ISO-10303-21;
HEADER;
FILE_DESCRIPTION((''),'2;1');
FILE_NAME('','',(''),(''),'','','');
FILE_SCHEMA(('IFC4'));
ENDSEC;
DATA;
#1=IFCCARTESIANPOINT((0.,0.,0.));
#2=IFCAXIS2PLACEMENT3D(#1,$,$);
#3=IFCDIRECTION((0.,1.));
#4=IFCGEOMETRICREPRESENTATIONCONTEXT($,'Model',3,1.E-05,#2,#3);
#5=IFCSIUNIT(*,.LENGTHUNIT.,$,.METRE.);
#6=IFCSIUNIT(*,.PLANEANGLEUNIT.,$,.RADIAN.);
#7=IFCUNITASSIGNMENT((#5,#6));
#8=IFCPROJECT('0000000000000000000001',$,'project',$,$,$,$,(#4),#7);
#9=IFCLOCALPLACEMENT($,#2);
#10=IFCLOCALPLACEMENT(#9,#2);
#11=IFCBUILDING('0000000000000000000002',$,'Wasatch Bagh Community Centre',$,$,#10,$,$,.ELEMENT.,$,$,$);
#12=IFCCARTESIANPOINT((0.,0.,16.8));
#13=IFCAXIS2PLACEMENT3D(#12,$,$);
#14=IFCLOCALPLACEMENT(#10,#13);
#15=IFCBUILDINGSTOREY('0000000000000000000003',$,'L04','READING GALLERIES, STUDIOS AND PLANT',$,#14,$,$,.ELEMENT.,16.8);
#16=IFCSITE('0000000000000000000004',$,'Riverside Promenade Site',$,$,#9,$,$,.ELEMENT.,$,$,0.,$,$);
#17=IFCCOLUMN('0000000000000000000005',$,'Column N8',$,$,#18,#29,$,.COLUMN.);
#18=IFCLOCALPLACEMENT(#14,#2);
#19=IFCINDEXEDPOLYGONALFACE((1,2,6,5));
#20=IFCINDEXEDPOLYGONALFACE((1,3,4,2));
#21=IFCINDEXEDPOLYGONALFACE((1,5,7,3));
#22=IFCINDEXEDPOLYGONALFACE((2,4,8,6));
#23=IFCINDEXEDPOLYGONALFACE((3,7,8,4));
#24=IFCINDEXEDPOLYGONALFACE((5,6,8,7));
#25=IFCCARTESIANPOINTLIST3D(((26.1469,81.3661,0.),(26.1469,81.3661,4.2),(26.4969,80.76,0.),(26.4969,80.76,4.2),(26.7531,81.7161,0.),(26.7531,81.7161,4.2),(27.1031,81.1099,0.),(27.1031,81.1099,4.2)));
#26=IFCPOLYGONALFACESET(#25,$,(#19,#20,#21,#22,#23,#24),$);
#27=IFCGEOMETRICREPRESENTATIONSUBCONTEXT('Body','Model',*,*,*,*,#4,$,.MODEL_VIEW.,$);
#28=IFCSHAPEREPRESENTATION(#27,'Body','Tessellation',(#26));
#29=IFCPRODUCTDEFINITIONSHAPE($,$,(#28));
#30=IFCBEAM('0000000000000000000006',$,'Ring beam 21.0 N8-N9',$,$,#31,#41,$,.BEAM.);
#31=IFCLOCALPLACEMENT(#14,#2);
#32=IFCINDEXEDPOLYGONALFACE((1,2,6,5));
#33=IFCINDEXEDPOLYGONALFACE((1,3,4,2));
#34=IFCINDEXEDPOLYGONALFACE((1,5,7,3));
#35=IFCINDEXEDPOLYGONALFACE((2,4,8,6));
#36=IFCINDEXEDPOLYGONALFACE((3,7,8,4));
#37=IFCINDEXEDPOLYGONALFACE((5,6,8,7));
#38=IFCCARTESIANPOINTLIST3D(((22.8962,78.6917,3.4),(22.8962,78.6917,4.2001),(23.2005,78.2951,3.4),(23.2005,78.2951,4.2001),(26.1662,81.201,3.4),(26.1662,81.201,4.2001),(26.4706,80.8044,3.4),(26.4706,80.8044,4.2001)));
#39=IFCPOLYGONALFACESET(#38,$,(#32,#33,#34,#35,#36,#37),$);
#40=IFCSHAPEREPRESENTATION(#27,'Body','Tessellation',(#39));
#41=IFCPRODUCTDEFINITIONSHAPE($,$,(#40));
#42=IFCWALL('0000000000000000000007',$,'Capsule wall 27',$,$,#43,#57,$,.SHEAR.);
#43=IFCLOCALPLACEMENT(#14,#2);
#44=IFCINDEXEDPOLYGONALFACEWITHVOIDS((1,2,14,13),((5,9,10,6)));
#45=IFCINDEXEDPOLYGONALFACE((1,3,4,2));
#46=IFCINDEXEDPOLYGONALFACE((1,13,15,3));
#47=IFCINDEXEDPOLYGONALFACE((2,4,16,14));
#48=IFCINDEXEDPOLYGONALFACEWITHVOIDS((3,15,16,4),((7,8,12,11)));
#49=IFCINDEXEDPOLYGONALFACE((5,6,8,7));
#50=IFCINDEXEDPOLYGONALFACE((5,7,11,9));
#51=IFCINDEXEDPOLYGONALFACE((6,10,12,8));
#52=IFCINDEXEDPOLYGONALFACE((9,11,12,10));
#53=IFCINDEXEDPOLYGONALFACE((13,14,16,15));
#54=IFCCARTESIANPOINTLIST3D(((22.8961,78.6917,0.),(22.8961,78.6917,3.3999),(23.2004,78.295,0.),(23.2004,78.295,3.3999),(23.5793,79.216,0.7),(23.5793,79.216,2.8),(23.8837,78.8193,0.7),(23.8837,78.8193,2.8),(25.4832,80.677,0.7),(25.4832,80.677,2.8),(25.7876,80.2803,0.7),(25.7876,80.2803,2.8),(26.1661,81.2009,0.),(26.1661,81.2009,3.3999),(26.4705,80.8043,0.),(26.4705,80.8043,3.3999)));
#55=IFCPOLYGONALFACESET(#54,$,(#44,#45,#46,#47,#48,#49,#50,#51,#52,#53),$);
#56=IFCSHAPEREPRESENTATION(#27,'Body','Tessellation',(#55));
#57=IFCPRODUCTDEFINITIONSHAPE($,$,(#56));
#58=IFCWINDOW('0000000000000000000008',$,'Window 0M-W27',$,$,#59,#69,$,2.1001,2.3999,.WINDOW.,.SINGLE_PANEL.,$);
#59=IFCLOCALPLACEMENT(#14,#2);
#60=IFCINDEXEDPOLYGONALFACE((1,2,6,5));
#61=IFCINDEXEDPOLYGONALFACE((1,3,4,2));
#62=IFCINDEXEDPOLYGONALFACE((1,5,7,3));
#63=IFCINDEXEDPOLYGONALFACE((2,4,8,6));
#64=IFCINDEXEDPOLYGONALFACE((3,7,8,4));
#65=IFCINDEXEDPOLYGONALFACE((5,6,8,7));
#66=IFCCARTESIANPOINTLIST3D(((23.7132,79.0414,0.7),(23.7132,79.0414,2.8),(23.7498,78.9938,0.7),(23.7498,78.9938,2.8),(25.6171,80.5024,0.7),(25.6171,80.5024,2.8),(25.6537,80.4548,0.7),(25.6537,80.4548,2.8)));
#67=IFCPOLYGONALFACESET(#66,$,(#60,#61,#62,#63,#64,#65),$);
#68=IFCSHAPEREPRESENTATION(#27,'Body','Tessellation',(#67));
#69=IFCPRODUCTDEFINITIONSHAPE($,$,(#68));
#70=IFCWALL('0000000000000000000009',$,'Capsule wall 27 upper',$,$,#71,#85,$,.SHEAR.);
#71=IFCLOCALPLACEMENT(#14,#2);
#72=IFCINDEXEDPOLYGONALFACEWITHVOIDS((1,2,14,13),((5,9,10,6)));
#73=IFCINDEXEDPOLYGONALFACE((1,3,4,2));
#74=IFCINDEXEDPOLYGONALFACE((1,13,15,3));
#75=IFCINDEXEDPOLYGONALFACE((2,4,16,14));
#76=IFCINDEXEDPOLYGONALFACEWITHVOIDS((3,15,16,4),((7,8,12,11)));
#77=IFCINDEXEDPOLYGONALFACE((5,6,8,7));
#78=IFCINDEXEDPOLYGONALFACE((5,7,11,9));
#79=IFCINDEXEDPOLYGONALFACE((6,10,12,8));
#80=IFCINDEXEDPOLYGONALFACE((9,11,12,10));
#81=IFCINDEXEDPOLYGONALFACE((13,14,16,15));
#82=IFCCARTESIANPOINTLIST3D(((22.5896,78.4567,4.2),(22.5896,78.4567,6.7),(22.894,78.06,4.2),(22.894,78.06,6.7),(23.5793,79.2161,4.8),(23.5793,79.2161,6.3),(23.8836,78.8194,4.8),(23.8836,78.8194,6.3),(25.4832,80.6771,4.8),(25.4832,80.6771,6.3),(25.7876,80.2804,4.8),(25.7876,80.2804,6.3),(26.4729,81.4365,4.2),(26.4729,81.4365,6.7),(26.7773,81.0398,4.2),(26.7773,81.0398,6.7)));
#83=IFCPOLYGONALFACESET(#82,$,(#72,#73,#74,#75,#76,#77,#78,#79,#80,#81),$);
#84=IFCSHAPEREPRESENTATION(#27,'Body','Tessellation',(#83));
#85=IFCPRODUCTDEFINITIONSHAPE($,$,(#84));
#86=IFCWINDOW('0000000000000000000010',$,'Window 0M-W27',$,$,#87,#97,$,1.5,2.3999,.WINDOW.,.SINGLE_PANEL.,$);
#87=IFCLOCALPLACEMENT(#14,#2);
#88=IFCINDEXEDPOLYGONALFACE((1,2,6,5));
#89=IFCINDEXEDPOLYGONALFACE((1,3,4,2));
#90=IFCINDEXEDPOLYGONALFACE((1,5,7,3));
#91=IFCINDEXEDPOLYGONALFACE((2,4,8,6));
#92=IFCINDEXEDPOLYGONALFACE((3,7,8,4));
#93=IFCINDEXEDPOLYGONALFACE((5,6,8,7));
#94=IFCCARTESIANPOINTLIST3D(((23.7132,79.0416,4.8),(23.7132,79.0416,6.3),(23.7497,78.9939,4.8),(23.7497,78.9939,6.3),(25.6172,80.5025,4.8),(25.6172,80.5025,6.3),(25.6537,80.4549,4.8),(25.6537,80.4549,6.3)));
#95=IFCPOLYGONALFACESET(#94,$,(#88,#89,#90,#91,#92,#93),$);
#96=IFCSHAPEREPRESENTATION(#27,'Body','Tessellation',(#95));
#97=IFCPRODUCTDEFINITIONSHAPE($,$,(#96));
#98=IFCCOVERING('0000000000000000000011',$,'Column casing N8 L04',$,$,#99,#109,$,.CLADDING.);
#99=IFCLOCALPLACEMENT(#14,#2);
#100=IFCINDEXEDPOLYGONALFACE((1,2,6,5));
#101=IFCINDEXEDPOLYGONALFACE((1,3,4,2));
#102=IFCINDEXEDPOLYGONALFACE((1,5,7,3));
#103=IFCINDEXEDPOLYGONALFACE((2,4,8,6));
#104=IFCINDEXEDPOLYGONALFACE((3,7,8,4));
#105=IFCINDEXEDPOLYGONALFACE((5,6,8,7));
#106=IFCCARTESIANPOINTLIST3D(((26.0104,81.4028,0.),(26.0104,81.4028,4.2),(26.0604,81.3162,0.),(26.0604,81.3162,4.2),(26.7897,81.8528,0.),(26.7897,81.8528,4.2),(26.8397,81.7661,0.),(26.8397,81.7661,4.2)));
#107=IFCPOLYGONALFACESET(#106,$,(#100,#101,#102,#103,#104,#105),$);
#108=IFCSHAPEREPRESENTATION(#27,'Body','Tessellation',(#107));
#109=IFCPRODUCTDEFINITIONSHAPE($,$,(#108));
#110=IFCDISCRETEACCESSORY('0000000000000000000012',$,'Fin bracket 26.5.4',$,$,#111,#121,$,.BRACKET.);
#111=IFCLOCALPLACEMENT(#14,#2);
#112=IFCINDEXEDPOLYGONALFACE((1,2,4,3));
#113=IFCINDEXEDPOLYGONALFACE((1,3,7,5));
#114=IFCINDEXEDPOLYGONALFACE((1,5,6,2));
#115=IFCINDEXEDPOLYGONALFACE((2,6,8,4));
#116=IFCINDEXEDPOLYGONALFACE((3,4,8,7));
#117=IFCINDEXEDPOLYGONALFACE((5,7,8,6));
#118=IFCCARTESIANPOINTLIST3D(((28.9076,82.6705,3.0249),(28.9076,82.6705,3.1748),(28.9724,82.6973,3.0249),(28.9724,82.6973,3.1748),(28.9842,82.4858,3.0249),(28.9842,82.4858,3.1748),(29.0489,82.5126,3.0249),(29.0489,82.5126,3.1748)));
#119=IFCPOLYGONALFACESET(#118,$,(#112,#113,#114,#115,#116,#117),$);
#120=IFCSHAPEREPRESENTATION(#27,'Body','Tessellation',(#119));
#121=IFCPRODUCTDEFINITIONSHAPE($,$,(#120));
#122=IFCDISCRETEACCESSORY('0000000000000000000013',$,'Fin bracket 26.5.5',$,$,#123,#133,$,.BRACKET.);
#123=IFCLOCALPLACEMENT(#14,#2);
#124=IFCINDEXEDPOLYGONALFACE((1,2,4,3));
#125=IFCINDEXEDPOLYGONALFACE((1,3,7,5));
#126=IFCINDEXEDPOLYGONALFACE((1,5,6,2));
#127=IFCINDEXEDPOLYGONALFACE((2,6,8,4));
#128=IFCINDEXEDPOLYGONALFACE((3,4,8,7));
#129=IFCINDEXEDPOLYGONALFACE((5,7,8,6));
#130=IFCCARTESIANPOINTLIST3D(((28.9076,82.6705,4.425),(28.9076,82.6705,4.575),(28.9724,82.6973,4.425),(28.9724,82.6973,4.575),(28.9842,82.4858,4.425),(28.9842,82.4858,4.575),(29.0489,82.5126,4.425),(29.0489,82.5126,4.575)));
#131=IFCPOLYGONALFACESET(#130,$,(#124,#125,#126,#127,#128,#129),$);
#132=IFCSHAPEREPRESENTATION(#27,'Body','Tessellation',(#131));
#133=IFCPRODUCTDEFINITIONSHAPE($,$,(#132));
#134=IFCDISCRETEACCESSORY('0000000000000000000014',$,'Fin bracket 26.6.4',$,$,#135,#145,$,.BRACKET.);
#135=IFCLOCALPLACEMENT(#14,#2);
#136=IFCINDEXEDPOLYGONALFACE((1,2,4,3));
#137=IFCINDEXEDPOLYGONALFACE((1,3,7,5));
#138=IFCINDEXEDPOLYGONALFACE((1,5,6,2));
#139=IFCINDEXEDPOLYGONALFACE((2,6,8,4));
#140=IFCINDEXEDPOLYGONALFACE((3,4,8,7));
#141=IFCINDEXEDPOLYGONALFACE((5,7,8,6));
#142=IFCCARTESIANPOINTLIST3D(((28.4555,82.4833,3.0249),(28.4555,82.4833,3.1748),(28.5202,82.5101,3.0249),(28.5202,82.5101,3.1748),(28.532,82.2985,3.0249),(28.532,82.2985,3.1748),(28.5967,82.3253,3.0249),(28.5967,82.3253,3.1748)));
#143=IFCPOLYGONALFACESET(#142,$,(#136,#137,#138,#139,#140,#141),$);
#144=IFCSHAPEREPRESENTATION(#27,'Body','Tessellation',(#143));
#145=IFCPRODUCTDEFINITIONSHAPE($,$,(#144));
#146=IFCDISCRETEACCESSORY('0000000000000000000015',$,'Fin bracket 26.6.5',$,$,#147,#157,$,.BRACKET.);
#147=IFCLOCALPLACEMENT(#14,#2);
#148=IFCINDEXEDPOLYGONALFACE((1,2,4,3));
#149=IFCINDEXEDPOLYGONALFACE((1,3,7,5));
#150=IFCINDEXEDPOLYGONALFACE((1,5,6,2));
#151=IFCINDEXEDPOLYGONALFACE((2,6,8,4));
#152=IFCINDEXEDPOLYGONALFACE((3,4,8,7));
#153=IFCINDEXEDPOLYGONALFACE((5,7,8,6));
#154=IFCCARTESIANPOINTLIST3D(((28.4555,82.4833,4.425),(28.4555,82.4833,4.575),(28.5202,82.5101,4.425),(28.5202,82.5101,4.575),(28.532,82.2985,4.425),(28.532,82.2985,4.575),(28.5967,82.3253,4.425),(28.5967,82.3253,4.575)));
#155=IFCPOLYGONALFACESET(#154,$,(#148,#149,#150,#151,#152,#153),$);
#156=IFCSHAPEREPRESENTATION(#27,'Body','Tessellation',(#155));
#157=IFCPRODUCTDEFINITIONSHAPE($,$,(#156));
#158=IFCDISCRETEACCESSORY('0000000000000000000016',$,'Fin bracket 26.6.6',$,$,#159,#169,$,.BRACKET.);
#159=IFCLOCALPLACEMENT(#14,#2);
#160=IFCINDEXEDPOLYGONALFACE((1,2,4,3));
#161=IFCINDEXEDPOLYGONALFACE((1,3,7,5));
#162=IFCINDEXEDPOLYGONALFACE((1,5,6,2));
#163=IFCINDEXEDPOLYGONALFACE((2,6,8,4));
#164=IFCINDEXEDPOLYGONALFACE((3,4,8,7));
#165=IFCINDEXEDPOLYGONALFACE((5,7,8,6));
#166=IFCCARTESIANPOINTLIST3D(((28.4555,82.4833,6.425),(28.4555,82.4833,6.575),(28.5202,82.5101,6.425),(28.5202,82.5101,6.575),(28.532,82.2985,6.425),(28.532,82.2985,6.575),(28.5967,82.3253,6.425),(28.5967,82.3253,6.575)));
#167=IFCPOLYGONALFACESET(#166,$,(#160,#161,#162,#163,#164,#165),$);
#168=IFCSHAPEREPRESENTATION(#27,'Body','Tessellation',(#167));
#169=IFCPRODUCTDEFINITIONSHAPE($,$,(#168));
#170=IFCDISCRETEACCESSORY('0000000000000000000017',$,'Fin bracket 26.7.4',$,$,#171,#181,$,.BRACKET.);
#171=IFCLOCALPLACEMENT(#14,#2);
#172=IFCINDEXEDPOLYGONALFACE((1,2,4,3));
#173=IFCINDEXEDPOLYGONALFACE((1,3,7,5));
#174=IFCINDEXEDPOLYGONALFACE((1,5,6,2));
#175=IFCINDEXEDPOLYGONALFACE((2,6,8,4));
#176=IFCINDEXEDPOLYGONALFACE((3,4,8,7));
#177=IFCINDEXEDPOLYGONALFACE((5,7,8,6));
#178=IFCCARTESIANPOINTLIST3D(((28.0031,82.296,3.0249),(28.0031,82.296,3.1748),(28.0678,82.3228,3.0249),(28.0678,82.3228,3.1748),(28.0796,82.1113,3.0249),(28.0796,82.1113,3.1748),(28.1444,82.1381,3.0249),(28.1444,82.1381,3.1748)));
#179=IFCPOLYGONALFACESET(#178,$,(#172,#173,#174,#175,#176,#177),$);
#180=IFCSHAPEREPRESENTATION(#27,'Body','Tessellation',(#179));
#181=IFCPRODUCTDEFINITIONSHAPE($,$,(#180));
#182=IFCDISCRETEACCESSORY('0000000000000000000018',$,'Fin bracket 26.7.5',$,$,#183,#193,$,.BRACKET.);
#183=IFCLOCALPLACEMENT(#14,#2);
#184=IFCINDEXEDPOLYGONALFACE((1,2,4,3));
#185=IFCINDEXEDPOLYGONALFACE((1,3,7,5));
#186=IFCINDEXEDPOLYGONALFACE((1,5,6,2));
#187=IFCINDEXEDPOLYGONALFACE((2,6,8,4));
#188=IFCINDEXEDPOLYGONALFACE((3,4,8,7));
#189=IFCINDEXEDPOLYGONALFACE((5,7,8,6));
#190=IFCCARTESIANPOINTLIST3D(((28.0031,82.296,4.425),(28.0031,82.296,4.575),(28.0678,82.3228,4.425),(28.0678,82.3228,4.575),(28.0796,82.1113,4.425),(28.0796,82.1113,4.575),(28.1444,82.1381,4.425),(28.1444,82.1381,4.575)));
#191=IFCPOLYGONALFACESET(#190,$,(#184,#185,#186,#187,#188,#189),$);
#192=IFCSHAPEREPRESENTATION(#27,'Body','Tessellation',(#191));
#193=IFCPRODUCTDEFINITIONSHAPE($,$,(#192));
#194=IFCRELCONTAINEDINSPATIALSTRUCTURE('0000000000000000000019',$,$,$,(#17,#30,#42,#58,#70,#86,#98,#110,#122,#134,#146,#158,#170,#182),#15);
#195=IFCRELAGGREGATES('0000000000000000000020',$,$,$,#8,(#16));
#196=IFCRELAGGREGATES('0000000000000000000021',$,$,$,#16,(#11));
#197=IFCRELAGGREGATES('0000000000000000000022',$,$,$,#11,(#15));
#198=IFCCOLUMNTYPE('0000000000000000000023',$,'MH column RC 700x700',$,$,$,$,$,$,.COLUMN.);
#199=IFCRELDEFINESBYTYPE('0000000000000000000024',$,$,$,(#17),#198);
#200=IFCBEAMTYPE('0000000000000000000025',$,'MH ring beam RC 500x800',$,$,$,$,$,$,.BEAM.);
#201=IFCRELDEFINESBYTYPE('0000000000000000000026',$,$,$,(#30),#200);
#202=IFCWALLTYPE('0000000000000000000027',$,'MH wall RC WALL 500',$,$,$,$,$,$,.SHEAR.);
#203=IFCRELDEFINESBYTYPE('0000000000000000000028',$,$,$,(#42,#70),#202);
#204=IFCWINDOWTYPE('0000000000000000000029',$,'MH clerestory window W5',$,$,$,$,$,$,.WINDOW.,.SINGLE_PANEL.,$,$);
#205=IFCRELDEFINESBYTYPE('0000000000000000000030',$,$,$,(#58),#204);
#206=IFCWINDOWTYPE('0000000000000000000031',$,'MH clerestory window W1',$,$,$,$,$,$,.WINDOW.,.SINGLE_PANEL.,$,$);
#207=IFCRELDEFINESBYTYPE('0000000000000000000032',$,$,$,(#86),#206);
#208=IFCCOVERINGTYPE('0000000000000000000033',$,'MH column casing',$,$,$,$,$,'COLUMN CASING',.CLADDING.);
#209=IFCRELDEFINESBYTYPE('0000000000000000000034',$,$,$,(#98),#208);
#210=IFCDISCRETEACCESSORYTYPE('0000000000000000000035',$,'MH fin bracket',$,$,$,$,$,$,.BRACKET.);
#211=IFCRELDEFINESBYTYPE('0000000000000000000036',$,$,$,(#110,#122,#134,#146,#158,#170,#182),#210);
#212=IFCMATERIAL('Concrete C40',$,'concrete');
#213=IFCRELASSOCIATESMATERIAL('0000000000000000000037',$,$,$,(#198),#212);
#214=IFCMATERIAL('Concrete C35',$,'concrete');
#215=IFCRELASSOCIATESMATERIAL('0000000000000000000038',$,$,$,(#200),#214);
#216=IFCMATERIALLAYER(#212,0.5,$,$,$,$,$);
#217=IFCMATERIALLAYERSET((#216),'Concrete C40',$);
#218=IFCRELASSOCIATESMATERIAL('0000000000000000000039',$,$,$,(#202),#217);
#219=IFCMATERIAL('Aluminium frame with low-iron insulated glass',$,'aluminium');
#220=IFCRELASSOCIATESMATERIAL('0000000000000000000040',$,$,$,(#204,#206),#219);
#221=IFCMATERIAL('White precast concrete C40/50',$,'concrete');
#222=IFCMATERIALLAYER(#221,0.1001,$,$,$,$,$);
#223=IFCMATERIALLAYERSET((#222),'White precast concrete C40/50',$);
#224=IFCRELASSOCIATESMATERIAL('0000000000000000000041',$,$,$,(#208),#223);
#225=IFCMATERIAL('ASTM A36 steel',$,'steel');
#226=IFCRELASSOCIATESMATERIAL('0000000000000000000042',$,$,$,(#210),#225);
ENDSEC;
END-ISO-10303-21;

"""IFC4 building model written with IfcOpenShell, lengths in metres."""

from ifc_helpers import new_model, si_unit, direction, frame, frame_2d, origin, origin_2d, place, context, subcontext, project, spatial, rectangle, extrude, material, layer, layer_set, material_profile, profile_set, type_object, element, fill, save


model = new_model("IFC4")

# Units and contexts
model_context = context("Model", 3, precision=1e-05, world=origin(), true_north=direction((0.0, 1.0)))
body_context = subcontext(model_context, "Body", "Model", "MODEL_VIEW")
ifc_project = project(units=[si_unit("LENGTHUNIT", "METRE"), si_unit("PLANEANGLEUNIT", "RADIAN")], contexts=[model_context])

# Site, building, storey
site_placement = place(None, origin())
site = spatial("IfcSite", under=ifc_project, at=site_placement, Name="Riverside Promenade Site", CompositionType="ELEMENT", RefElevation=0.0)
building_placement = place(site_placement, origin())
building = spatial("IfcBuilding", under=site, at=building_placement, Name="Wasatch Bagh Community Centre", CompositionType="ELEMENT")
storey_placement = place(building_placement, frame((0.0, 0.0, 16.8)))
storey = spatial("IfcBuildingStorey", under=building, at=storey_placement, Name="L04", Description="READING GALLERIES, STUDIOS AND PLANT", CompositionType="ELEMENT", Elevation=16.8)

# Column
ifc_material_1 = material(Name="Concrete C40", Category="concrete")
ifc_material_profile_1 = material_profile(ifc_material_1, rectangle(XDim=0.7, YDim=0.7, at=origin_2d()), Name="RC 700x700")
ifc_profile_set_1 = profile_set([ifc_material_profile_1], Name="Concrete C40")
column_type = type_object("IfcColumnType", Name="MH column RC 700x700", PredefinedType="COLUMN", material=ifc_profile_set_1)
column_placement = place(storey_placement, frame((26.625, 81.238, 0.0), z_axis=(0.0, 0.0, 1.0), x_axis=(0.866025, 0.5, 0.0)))
element("IfcColumn", 1, at=column_placement, inside=storey, type_object=column_type, Name="Column N8", PredefinedType="COLUMN", context=body_context, shape_type="SweptSolid", body=[
    extrude(rectangle(XDim=0.7, YDim=0.7, at=origin_2d()), origin(), (0.0, 0.0, 1.0), 4.2),
])

# Beam
ifc_material_2 = material(Name="Concrete C35", Category="concrete")
ifc_material_profile_2 = material_profile(ifc_material_2, rectangle(XDim=0.5, YDim=0.8, at=origin_2d()), Name="RC 500x800")
ifc_profile_set_2 = profile_set([ifc_material_profile_2], Name="Concrete C35")
beam_type = type_object("IfcBeamType", Name="MH ring beam RC 500x800", PredefinedType="BEAM", material=ifc_profile_set_2)
beam_placement = place(storey_placement, frame((26.3184, 81.0027, 3.8), z_axis=(-0.793341, -0.608777, 0.0), x_axis=(0.608777, -0.793341, 0.0)))
element("IfcBeam", 2, at=beam_placement, inside=storey, type_object=beam_type, Name="Ring beam 21.0 N8-N9", PredefinedType="BEAM", context=body_context, shape_type="SweptSolid", body=[
    extrude(rectangle(XDim=0.5, YDim=0.8, at=origin_2d()), origin(), (0.0, 0.0, 1.0), 4.1218),
])

# Walls, openings, windows
ifc_layer_1 = layer(ifc_material_1, 0.5)
ifc_layer_set_1 = layer_set([ifc_layer_1], Name="Concrete C40")
wall_type = type_object("IfcWallType", Name="MH wall RC WALL 500", PredefinedType="SHEAR", material=ifc_layer_set_1)
wall_1_placement = place(storey_placement, frame((26.3184, 81.0027, 0.0), z_axis=(0.0, 0.0, 1.0), x_axis=(-0.793341, -0.608777, 0.0)))
wall_1 = element("IfcWall", 3, at=wall_1_placement, inside=storey, type_object=wall_type, Name="Capsule wall 27", PredefinedType="SHEAR", context=body_context, shape_type="SweptSolid", body=[
    extrude(rectangle(XDim=4.1218, YDim=0.5, at=frame_2d((2.061, 0.0))), origin(), (0.0, 0.0, 1.0), 3.3999),
])
opening_1_placement = place(wall_1_placement, frame((0.8608, 0.0, 0.7)))
opening_1 = element("IfcOpeningElement", 4, at=opening_1_placement, cuts=wall_1, PredefinedType="OPENING", context=body_context, shape_type="SweptSolid", body=[
    extrude(rectangle(XDim=2.3999, YDim=2.1001, at=frame_2d((1.2, 1.05))), frame((0.0, 0.26, 0.0), z_axis=(0.0, -1.0, 0.0), x_axis=(1.0, 0.0, 0.0)), (0.0, 0.0, 1.0), 0.52),
])
ifc_material_3 = material(Name="Aluminium frame with low-iron insulated glass", Category="aluminium")
window_type_1 = type_object("IfcWindowType", Name="MH clerestory window W5", PartitioningType="SINGLE_PANEL", PredefinedType="WINDOW", material=ifc_material_3)
window_1_placement = place(opening_1_placement, origin())
window_1 = element("IfcWindow", 5, at=window_1_placement, inside=storey, type_object=window_type_1, Name="Window 0M-W27", OverallHeight=2.1001, OverallWidth=2.3999, PartitioningType="SINGLE_PANEL", PredefinedType="WINDOW", context=body_context, shape_type="SweptSolid", body=[
    extrude(rectangle(XDim=2.3999, YDim=2.1001, at=frame_2d((1.2, 1.05))), frame((0.0, 0.03, 0.0), z_axis=(0.0, -1.0, 0.0), x_axis=(1.0, 0.0, 0.0)), (0.0, 0.0, 1.0), 0.0601),
])
fill(opening_1, window_1)
wall_2_placement = place(storey_placement, frame((26.625, 81.238, 4.2), z_axis=(0.0, 0.0, 1.0), x_axis=(-0.793356, -0.608758, 0.0)))
wall_2 = element("IfcWall", 6, at=wall_2_placement, inside=storey, type_object=wall_type, Name="Capsule wall 27 upper", PredefinedType="SHEAR", context=body_context, shape_type="SweptSolid", body=[
    extrude(rectangle(XDim=4.8948, YDim=0.5, at=frame_2d((2.4473, 0.0))), origin(), (0.0, 0.0, 1.0), 2.5),
])
opening_2_placement = place(wall_2_placement, frame((1.2473, 0.0, 0.6001)))
opening_2 = element("IfcOpeningElement", 7, at=opening_2_placement, cuts=wall_2, PredefinedType="OPENING", context=body_context, shape_type="SweptSolid", body=[
    extrude(rectangle(XDim=2.3999, YDim=1.5, at=frame_2d((1.2, 0.75))), frame((0.0, 0.26, 0.0), z_axis=(0.0, -1.0, 0.0), x_axis=(1.0, 0.0, 0.0)), (0.0, 0.0, 1.0), 0.52),
])
window_type_2 = type_object("IfcWindowType", Name="MH clerestory window W1", PartitioningType="SINGLE_PANEL", PredefinedType="WINDOW", material=ifc_material_3)
window_2_placement = place(opening_2_placement, origin())
window_2 = element("IfcWindow", 8, at=window_2_placement, inside=storey, type_object=window_type_2, Name="Window 0M-W27", OverallHeight=1.5, OverallWidth=2.3999, PartitioningType="SINGLE_PANEL", PredefinedType="WINDOW", context=body_context, shape_type="SweptSolid", body=[
    extrude(rectangle(XDim=2.3999, YDim=1.5, at=frame_2d((1.2, 0.75))), frame((0.0, 0.03, 0.0), z_axis=(0.0, -1.0, 0.0), x_axis=(1.0, 0.0, 0.0)), (0.0, 0.0, 1.0), 0.0601),
])
fill(opening_2, window_2)

# Covering
ifc_material_4 = material(Name="White precast concrete C40/50", Category="concrete")
ifc_layer_2 = layer(ifc_material_4, 0.1001)
ifc_layer_set_2 = layer_set([ifc_layer_2], Name="White precast concrete C40/50")
covering_type = type_object("IfcCoveringType", Name="MH column casing", ElementType="COLUMN CASING", PredefinedType="CLADDING", material=ifc_layer_set_2)
covering_placement = place(storey_placement, frame((26.425, 81.5845, 0.0), z_axis=(0.0, 0.0, 1.0), x_axis=(-0.866025, -0.5, 0.0)))
element("IfcCovering", 9, at=covering_placement, inside=storey, type_object=covering_type, Name="Column casing N8 L04", PredefinedType="CLADDING", context=body_context, shape_type="SweptSolid", body=[
    extrude(rectangle(XDim=0.8999, YDim=0.1001, at=origin_2d()), origin(), (0.0, 0.0, 1.0), 4.2),
])

# Discrete accessories
ifc_material_5 = material(Name="ASTM A36 steel", Category="steel")
discrete_accessory_type = type_object("IfcDiscreteAccessoryType", Name="MH fin bracket", PredefinedType="BRACKET", material=ifc_material_5)
for number, where, z_axis, x_axis, name in (
    (10, (28.9783, 82.5916, 3.0249), (0.0, 0.0, 1.0), (-0.92388, -0.382683, 0.0), "Fin bracket 26.5.4"),
    (11, (28.9783, 82.5916, 4.425), (0.0, 0.0, 1.0), (-0.92388, -0.382683, 0.0), "Fin bracket 26.5.5"),
    (12, (28.5261, 82.4043, 3.0249), (0.0, 0.0, 1.0), (-0.92388, -0.382683, 0.0), "Fin bracket 26.6.4"),
    (13, (28.5261, 82.4043, 4.425), (0.0, 0.0, 1.0), (-0.92388, -0.382683, 0.0), "Fin bracket 26.6.5"),
    (14, (28.5261, 82.4043, 6.425), (0.0, 0.0, 1.0), (-0.92388, -0.382683, 0.0), "Fin bracket 26.6.6"),
    (15, (28.0737, 82.217, 3.0249), (0.0, 0.0, 1.0), (-0.92388, -0.382683, 0.0), "Fin bracket 26.7.4"),
    (16, (28.0737, 82.217, 4.425), (0.0, 0.0, 1.0), (-0.92388, -0.382683, 0.0), "Fin bracket 26.7.5"),
):
    element("IfcDiscreteAccessory", number, at=place(storey_placement, frame(where, z_axis=z_axis, x_axis=x_axis)), inside=storey, type_object=discrete_accessory_type, Name=name, PredefinedType="BRACKET", context=body_context, shape_type="SweptSolid", body=[
        extrude(rectangle(XDim=0.0701, YDim=0.2, at=origin_2d()), origin(), (0.0, 0.0, 1.0), 0.1499),
    ])

save(model, "model.ifc")
